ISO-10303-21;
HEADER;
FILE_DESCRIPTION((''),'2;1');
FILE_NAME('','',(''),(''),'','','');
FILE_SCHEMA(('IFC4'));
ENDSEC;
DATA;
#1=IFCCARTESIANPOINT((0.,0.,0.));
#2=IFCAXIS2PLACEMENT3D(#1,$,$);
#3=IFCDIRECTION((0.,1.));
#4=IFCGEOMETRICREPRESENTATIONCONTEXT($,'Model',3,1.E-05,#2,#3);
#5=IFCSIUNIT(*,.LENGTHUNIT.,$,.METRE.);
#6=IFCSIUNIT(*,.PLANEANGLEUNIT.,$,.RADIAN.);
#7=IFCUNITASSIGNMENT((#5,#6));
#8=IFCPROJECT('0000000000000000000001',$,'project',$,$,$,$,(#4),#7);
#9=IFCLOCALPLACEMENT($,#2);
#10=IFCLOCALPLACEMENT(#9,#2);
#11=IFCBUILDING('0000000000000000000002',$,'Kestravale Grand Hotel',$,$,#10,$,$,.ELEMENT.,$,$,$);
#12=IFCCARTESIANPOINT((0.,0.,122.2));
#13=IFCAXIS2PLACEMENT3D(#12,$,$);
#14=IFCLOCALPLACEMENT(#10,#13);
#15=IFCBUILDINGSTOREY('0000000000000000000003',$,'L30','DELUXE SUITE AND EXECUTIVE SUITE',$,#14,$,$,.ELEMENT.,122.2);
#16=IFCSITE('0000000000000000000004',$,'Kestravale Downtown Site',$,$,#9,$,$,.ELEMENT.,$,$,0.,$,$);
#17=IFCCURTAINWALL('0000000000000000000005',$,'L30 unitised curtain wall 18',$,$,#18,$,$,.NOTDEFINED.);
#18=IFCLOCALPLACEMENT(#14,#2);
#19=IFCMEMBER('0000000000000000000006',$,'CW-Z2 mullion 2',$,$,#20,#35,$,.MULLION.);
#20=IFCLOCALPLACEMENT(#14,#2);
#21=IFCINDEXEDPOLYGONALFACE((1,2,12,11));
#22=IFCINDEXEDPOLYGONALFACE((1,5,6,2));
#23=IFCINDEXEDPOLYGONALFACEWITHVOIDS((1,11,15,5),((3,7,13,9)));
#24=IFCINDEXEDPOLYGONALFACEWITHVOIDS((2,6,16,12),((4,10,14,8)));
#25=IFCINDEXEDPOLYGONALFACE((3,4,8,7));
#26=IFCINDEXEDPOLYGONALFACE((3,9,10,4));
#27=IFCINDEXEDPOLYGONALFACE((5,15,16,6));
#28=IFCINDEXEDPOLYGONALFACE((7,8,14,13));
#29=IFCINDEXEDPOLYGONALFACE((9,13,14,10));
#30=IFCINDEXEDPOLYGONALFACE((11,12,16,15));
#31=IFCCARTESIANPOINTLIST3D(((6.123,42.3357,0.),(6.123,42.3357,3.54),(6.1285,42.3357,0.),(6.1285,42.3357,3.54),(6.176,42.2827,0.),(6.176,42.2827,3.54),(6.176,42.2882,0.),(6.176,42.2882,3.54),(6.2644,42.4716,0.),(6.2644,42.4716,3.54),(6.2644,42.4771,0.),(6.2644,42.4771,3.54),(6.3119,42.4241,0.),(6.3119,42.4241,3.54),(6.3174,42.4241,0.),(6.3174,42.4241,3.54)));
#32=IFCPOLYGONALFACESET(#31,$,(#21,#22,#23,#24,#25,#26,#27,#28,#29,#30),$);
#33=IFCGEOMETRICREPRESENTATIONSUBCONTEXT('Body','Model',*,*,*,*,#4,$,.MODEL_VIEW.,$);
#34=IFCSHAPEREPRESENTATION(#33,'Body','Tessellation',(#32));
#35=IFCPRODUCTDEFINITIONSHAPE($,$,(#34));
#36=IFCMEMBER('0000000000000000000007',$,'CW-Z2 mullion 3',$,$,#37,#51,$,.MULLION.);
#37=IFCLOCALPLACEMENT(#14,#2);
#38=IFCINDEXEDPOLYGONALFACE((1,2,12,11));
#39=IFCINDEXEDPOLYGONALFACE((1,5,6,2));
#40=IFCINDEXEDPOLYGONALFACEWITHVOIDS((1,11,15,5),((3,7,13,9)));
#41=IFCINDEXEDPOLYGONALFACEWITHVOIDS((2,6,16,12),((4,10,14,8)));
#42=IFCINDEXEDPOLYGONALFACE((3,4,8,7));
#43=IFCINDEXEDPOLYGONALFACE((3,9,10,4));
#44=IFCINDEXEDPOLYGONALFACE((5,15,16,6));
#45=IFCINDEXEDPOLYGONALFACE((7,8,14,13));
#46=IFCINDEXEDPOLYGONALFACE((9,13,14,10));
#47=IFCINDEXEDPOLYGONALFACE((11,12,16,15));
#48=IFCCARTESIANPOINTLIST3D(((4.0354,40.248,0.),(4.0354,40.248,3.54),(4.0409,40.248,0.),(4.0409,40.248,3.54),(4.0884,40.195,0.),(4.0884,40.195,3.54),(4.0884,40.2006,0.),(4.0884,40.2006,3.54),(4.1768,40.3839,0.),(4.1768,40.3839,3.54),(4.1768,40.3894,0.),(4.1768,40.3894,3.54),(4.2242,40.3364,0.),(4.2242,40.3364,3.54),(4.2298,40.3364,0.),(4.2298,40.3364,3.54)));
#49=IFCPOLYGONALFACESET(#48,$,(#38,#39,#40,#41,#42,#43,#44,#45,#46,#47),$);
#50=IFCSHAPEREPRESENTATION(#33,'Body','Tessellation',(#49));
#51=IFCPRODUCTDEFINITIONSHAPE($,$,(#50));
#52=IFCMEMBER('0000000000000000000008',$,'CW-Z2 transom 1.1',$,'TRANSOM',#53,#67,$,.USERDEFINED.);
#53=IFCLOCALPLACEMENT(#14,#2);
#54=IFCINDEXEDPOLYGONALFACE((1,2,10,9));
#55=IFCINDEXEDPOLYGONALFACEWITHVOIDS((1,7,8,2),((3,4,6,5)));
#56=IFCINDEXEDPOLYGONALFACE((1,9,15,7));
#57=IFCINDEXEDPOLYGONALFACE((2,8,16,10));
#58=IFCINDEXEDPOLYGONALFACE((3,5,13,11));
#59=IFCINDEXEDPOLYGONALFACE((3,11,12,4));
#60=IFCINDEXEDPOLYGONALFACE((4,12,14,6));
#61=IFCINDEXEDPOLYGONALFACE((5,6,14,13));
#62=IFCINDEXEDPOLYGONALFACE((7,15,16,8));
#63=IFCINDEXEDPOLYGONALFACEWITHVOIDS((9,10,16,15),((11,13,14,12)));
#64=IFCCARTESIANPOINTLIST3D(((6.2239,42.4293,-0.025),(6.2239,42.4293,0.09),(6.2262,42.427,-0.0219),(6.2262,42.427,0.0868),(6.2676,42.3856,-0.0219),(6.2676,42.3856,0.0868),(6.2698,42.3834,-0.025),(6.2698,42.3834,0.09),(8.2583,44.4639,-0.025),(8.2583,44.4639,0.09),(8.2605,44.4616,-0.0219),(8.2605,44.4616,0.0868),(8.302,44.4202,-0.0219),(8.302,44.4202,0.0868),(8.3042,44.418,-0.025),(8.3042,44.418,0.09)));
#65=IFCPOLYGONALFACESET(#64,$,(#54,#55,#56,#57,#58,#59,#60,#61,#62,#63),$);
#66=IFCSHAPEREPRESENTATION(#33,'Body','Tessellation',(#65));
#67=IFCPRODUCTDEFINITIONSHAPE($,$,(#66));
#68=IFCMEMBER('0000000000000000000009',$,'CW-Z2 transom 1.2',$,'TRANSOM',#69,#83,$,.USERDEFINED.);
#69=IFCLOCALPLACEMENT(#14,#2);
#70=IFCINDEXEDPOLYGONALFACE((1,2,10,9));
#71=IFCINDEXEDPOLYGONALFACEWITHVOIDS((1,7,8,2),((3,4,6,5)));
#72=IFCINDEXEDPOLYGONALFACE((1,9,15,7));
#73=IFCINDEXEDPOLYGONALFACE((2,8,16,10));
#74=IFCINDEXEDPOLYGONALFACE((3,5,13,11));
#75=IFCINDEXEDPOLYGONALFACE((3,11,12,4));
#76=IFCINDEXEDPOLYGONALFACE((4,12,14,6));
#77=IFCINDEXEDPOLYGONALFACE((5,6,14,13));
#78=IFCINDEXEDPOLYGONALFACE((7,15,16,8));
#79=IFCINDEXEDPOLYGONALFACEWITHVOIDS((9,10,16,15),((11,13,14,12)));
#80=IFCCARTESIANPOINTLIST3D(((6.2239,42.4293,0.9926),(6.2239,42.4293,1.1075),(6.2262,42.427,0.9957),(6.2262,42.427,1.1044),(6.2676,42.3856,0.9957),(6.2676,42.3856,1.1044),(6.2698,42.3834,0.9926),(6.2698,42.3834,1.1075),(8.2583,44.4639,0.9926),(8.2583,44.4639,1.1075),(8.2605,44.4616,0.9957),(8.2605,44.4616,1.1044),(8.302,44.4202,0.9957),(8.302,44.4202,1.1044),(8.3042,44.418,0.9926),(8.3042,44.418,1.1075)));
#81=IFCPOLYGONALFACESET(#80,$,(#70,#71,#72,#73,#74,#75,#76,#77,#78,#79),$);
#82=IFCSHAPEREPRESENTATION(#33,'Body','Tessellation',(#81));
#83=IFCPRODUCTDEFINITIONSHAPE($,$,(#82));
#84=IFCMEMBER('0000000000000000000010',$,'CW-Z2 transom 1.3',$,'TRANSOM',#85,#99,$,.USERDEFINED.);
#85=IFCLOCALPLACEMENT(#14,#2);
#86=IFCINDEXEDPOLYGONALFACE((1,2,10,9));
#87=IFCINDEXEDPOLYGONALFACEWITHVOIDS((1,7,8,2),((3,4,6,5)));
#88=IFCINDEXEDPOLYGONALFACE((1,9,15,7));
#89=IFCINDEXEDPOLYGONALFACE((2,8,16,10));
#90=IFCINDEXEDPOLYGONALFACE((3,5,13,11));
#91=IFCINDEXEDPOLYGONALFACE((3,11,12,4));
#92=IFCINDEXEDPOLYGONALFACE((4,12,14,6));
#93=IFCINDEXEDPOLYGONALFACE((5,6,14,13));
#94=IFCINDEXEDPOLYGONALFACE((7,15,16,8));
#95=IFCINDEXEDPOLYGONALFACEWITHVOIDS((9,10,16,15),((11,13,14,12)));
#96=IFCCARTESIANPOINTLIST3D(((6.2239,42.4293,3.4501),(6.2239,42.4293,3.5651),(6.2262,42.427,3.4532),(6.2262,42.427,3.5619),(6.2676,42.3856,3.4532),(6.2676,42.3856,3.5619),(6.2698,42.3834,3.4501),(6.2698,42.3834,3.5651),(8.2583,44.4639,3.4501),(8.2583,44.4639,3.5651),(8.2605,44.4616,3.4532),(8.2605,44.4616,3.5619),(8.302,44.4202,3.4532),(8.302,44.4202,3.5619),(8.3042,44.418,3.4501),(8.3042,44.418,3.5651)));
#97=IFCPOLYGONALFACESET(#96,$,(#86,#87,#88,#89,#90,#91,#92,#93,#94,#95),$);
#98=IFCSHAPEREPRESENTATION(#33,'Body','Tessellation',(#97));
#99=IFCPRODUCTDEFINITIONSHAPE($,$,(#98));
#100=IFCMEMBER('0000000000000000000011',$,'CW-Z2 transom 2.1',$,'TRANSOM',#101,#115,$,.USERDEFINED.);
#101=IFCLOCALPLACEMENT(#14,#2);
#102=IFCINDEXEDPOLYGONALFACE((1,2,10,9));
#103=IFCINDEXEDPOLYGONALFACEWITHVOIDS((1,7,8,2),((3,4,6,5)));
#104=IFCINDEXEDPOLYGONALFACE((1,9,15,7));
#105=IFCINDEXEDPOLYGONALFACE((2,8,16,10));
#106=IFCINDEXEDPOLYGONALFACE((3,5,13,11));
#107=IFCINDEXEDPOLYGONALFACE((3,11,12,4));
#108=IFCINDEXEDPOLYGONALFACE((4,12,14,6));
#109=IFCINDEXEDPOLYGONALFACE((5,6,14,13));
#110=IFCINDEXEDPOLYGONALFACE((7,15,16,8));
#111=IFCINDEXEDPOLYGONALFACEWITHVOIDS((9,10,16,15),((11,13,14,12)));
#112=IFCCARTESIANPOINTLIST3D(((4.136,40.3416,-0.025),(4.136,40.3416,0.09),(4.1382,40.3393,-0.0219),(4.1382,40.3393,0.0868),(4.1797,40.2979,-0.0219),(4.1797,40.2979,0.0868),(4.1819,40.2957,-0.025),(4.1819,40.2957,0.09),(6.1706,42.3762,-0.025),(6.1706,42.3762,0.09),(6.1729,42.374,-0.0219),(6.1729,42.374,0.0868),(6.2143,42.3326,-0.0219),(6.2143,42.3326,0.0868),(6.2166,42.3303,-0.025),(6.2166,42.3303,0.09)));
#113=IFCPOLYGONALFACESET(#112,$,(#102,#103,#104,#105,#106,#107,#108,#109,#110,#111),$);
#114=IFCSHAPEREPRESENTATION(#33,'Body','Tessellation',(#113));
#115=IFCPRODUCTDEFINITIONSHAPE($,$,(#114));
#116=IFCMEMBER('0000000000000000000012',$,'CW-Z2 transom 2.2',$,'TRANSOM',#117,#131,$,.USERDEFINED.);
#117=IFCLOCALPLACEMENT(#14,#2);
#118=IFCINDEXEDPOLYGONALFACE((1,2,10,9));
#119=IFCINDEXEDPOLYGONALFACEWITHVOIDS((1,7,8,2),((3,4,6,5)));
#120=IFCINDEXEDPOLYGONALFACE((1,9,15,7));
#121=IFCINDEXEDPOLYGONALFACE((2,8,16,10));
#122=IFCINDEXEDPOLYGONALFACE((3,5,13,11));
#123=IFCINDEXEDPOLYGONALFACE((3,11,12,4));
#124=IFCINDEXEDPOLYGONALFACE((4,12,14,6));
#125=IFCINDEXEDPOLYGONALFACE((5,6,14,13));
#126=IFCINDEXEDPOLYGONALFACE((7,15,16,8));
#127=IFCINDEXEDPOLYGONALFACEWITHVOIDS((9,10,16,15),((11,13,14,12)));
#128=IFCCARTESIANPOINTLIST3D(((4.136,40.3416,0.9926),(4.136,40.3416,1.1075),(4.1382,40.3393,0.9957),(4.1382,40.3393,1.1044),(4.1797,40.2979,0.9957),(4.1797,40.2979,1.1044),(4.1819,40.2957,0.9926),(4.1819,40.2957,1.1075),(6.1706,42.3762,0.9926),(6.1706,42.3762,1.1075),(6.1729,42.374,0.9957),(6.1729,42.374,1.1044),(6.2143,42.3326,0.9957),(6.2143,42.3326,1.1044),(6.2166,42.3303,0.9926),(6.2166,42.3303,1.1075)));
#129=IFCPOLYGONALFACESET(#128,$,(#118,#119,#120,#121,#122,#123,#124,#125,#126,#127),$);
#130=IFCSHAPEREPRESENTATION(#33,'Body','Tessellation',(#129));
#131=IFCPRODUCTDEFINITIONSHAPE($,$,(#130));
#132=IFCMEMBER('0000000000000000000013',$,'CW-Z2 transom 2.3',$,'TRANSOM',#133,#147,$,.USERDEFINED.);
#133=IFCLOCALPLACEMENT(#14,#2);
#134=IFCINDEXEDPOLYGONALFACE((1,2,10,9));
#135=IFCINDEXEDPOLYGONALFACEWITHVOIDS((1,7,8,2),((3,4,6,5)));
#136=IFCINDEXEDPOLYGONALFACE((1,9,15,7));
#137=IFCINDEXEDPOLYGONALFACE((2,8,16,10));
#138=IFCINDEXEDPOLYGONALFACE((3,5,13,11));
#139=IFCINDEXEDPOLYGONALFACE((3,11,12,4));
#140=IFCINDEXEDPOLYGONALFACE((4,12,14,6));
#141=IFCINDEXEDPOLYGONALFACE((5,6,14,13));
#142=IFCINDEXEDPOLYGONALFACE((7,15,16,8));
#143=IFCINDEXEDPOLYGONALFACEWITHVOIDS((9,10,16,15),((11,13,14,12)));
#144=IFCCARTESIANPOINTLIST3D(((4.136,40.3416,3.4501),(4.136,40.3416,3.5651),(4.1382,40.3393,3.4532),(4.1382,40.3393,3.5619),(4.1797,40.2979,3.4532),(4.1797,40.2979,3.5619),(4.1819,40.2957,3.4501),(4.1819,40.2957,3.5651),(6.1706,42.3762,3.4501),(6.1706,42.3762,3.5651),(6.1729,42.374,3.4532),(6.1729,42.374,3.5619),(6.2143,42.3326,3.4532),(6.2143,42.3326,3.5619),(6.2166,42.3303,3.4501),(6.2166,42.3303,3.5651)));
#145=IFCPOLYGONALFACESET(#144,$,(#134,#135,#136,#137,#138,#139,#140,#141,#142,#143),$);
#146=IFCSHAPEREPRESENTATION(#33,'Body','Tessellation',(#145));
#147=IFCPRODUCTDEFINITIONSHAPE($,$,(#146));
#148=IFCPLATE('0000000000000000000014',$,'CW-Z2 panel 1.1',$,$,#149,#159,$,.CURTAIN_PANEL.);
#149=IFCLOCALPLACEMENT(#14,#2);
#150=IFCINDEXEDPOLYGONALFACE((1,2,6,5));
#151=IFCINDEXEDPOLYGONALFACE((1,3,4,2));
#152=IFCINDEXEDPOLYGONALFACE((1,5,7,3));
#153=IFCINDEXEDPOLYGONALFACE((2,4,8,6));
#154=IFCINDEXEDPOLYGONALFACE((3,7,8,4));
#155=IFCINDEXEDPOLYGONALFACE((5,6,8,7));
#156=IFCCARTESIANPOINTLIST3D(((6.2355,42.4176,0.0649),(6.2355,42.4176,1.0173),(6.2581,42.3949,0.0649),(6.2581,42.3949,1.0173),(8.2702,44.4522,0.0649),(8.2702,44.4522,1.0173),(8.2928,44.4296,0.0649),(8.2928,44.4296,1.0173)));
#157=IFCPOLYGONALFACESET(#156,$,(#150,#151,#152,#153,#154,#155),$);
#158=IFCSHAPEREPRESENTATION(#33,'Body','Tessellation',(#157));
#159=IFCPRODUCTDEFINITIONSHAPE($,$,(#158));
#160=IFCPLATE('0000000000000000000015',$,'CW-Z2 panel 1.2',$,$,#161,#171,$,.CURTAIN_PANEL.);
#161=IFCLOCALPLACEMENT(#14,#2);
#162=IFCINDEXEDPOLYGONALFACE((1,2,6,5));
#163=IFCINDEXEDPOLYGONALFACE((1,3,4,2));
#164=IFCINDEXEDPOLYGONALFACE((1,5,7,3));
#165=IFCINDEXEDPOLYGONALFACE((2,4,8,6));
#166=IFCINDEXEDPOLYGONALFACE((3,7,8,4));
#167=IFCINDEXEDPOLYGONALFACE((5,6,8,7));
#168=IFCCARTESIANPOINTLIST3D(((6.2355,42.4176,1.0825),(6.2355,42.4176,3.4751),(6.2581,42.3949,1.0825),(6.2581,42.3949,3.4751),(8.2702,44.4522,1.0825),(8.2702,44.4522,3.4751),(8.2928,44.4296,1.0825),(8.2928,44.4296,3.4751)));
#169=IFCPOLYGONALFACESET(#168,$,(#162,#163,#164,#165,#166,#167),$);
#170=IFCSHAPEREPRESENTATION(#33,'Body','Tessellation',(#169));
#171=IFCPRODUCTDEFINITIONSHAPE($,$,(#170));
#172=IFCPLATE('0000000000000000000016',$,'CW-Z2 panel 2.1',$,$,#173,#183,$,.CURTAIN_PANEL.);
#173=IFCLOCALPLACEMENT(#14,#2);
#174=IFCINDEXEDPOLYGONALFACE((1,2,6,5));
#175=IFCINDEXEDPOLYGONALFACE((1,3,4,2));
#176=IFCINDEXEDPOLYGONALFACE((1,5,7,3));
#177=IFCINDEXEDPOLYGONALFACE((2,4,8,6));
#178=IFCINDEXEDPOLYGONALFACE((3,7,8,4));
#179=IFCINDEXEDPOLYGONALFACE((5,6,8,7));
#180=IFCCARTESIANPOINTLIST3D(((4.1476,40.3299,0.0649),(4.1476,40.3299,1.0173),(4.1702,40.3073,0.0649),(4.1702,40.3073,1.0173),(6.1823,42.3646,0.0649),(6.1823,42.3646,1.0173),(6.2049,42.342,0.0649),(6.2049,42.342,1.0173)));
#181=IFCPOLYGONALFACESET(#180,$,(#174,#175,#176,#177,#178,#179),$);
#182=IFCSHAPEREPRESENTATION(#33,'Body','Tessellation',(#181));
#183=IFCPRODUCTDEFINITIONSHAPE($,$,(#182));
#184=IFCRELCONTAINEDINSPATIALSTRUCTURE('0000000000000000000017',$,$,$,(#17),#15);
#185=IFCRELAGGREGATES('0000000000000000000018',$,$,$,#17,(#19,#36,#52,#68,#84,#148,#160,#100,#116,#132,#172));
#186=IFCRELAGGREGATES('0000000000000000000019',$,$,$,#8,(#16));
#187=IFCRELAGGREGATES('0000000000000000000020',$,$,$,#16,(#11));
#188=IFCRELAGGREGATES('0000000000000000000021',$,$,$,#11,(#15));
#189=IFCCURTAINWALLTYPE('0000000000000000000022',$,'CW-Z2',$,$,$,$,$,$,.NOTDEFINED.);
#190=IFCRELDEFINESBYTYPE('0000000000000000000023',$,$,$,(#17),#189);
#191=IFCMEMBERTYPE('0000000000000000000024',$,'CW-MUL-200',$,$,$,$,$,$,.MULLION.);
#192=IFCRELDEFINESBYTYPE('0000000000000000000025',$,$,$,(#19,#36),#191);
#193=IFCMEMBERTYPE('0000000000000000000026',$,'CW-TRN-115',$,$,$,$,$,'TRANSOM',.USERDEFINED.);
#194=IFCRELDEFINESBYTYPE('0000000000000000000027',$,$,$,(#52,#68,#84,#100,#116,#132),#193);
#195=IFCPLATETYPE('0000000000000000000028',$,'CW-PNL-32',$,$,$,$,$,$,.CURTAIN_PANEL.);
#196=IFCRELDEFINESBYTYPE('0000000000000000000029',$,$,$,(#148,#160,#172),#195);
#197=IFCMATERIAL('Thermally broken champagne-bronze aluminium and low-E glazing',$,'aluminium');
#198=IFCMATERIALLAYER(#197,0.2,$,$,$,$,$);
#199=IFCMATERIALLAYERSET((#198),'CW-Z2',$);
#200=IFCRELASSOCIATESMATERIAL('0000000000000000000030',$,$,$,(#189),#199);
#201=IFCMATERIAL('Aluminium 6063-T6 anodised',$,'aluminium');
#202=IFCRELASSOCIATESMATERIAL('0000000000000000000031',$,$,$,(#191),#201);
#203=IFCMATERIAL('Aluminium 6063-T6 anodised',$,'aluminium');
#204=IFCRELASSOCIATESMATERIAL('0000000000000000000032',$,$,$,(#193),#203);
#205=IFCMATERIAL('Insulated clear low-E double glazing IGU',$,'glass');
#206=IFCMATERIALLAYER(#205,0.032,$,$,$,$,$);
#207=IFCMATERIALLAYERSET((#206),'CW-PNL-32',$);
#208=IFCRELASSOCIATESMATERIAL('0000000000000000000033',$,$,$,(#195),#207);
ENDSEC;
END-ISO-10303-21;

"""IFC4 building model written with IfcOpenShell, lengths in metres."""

from ifc_helpers import new_model, si_unit, direction, frame, origin, origin_2d, place, context, subcontext, project, spatial, rectangle, hollow_rectangle, extrude, material, layer, layer_set, material_profile, profile_set, type_object, element, aggregate, save


model = new_model("IFC4")

# Units and contexts
model_context = context("Model", 3, precision=1e-05, world=origin(), true_north=direction((0.0, 1.0)))
body_context = subcontext(model_context, "Body", "Model", "MODEL_VIEW")
ifc_project = project(units=[si_unit("LENGTHUNIT", "METRE"), si_unit("PLANEANGLEUNIT", "RADIAN")], contexts=[model_context])

# Site, building, storey
site_placement = place(None, origin())
site = spatial("IfcSite", under=ifc_project, at=site_placement, Name="Kestravale Downtown Site", CompositionType="ELEMENT", RefElevation=0.0)
building_placement = place(site_placement, origin())
building = spatial("IfcBuilding", under=site, at=building_placement, Name="Kestravale Grand Hotel", CompositionType="ELEMENT")
storey_placement = place(building_placement, frame((0.0, 0.0, 122.2)))
storey = spatial("IfcBuildingStorey", under=building, at=storey_placement, Name="L30", Description="DELUXE SUITE AND EXECUTIVE SUITE", CompositionType="ELEMENT", Elevation=122.2)

# Curtain wall, members, plates
ifc_material_1 = material(Name="Thermally broken champagne-bronze aluminium and low-E glazing", Category="aluminium")
ifc_layer_1 = layer(ifc_material_1, 0.2)
ifc_layer_set_1 = layer_set([ifc_layer_1], Name="CW-Z2")
curtain_wall_type = type_object("IfcCurtainWallType", Name="CW-Z2", PredefinedType="NOTDEFINED", material=ifc_layer_set_1)
curtain_wall_placement = place(storey_placement, origin())
curtain_wall = element("IfcCurtainWall", 1, at=curtain_wall_placement, inside=storey, type_object=curtain_wall_type, Name="L30 unitised curtain wall 18", PredefinedType="NOTDEFINED")
ifc_material_2 = material(Name="Aluminium 6063-T6 anodised", Category="aluminium")
ifc_material_profile_1 = material_profile(ifc_material_2, hollow_rectangle(XDim=0.075, YDim=0.2, WallThickness=0.0039, at=origin_2d()))
ifc_profile_set_1 = profile_set([ifc_material_profile_1], Name="Aluminium 6063-T6 anodised")
member_type_1 = type_object("IfcMemberType", Name="CW-MUL-200", PredefinedType="MULLION", material=ifc_profile_set_1)
member_1_placement = place(storey_placement, frame((6.2202, 42.3799, 0.0), z_axis=(0.0, 0.0, 1.0), x_axis=(0.707107, -0.707107, 0.0)))
member_1 = element("IfcMember", 2, at=member_1_placement, type_object=member_type_1, Name="CW-Z2 mullion 2", PredefinedType="MULLION", context=body_context, shape_type="SweptSolid", body=[
    extrude(hollow_rectangle(XDim=0.075, YDim=0.2, WallThickness=0.0039, at=origin_2d()), origin(), (0.0, 0.0, 1.0), 3.54),
])
member_2_placement = place(storey_placement, frame((4.1326, 40.2922, 0.0), z_axis=(0.0, 0.0, 1.0), x_axis=(0.707107, -0.707107, 0.0)))
member_2 = element("IfcMember", 3, at=member_2_placement, type_object=member_type_1, Name="CW-Z2 mullion 3", PredefinedType="MULLION", context=body_context, shape_type="SweptSolid", body=[
    extrude(hollow_rectangle(XDim=0.075, YDim=0.2, WallThickness=0.0039, at=origin_2d()), origin(), (0.0, 0.0, 1.0), 3.54),
])
ifc_material_3 = material(Name="Aluminium 6063-T6 anodised", Category="aluminium")
ifc_material_profile_2 = material_profile(ifc_material_3, hollow_rectangle(XDim=0.0649, YDim=0.115, WallThickness=0.0032, at=origin_2d()))
ifc_profile_set_2 = profile_set([ifc_material_profile_2], Name="Aluminium 6063-T6 anodised")
member_type_2 = type_object("IfcMemberType", Name="CW-TRN-115", ElementType="TRANSOM", PredefinedType="USERDEFINED", material=ifc_profile_set_2)
member_3_placement = place(storey_placement, frame((8.2812, 44.4409, 0.0325), z_axis=(-0.707064, -0.707149, 0.0), x_axis=(0.707149, -0.707064, 0.0)))
member_3 = element("IfcMember", 4, at=member_3_placement, type_object=member_type_2, Name="CW-Z2 transom 1.1", ObjectType="TRANSOM", PredefinedType="USERDEFINED", context=body_context, shape_type="SweptSolid", body=[
    extrude(hollow_rectangle(XDim=0.0649, YDim=0.115, WallThickness=0.0032, at=origin_2d()), origin(), (0.0, 0.0, 1.0), 2.8772),
])
member_4_placement = place(storey_placement, frame((8.2812, 44.4409, 1.05), z_axis=(-0.707064, -0.707149, 0.0), x_axis=(0.707149, -0.707064, 0.0)))
member_4 = element("IfcMember", 5, at=member_4_placement, type_object=member_type_2, Name="CW-Z2 transom 1.2", ObjectType="TRANSOM", PredefinedType="USERDEFINED", context=body_context, shape_type="SweptSolid", body=[
    extrude(hollow_rectangle(XDim=0.0649, YDim=0.115, WallThickness=0.0032, at=origin_2d()), origin(), (0.0, 0.0, 1.0), 2.8772),
])
member_5_placement = place(storey_placement, frame((8.2812, 44.4409, 3.5076), z_axis=(-0.707064, -0.707149, 0.0), x_axis=(0.707149, -0.707064, 0.0)))
member_5 = element("IfcMember", 6, at=member_5_placement, type_object=member_type_2, Name="CW-Z2 transom 1.3", ObjectType="TRANSOM", PredefinedType="USERDEFINED", context=body_context, shape_type="SweptSolid", body=[
    extrude(hollow_rectangle(XDim=0.0649, YDim=0.115, WallThickness=0.0032, at=origin_2d()), origin(), (0.0, 0.0, 1.0), 2.8772),
])
member_6_placement = place(storey_placement, frame((6.1936, 42.3533, 0.0325), z_axis=(-0.707107, -0.707107, 0.0), x_axis=(0.707107, -0.707107, 0.0)))
member_6 = element("IfcMember", 7, at=member_6_placement, type_object=member_type_2, Name="CW-Z2 transom 2.1", ObjectType="TRANSOM", PredefinedType="USERDEFINED", context=body_context, shape_type="SweptSolid", body=[
    extrude(hollow_rectangle(XDim=0.0649, YDim=0.115, WallThickness=0.0032, at=origin_2d()), origin(), (0.0, 0.0, 1.0), 2.8774),
])
member_7_placement = place(storey_placement, frame((6.1936, 42.3533, 1.05), z_axis=(-0.707107, -0.707107, 0.0), x_axis=(0.707107, -0.707107, 0.0)))
member_7 = element("IfcMember", 8, at=member_7_placement, type_object=member_type_2, Name="CW-Z2 transom 2.2", ObjectType="TRANSOM", PredefinedType="USERDEFINED", context=body_context, shape_type="SweptSolid", body=[
    extrude(hollow_rectangle(XDim=0.0649, YDim=0.115, WallThickness=0.0032, at=origin_2d()), origin(), (0.0, 0.0, 1.0), 2.8774),
])
member_8_placement = place(storey_placement, frame((6.1936, 42.3533, 3.5076), z_axis=(-0.707107, -0.707107, 0.0), x_axis=(0.707107, -0.707107, 0.0)))
member_8 = element("IfcMember", 9, at=member_8_placement, type_object=member_type_2, Name="CW-Z2 transom 2.3", ObjectType="TRANSOM", PredefinedType="USERDEFINED", context=body_context, shape_type="SweptSolid", body=[
    extrude(hollow_rectangle(XDim=0.0649, YDim=0.115, WallThickness=0.0032, at=origin_2d()), origin(), (0.0, 0.0, 1.0), 2.8774),
])
ifc_material_4 = material(Name="Insulated clear low-E double glazing IGU", Category="glass")
ifc_layer_2 = layer(ifc_material_4, 0.032)
ifc_layer_set_2 = layer_set([ifc_layer_2], Name="CW-PNL-32")
plate_type = type_object("IfcPlateType", Name="CW-PNL-32", PredefinedType="CURTAIN_PANEL", material=ifc_layer_set_2)
plate_1_placement = place(storey_placement, frame((7.2642, 43.4236, 0.0649), z_axis=(0.0, 0.0, 1.0), x_axis=(-0.707107, -0.707107, 0.0)))
plate_1 = element("IfcPlate", 10, at=plate_1_placement, type_object=plate_type, Name="CW-Z2 panel 1.1", PredefinedType="CURTAIN_PANEL", context=body_context, shape_type="SweptSolid", body=[
    extrude(rectangle(XDim=2.8774, YDim=0.032, at=origin_2d()), origin(), (0.0, 0.0, 1.0), 0.9524),
])
plate_2_placement = place(storey_placement, frame((7.2642, 43.4236, 1.0825), z_axis=(0.0, 0.0, 1.0), x_axis=(-0.707107, -0.707107, 0.0)))
plate_2 = element("IfcPlate", 11, at=plate_2_placement, type_object=plate_type, Name="CW-Z2 panel 1.2", PredefinedType="CURTAIN_PANEL", context=body_context, shape_type="SweptSolid", body=[
    extrude(rectangle(XDim=2.8774, YDim=0.032, at=origin_2d()), origin(), (0.0, 0.0, 1.0), 2.3926),
])
plate_3_placement = place(storey_placement, frame((5.1763, 41.3359, 0.0649), z_axis=(0.0, 0.0, 1.0), x_axis=(-0.707107, -0.707107, 0.0)))
plate_3 = element("IfcPlate", 12, at=plate_3_placement, type_object=plate_type, Name="CW-Z2 panel 2.1", PredefinedType="CURTAIN_PANEL", context=body_context, shape_type="SweptSolid", body=[
    extrude(rectangle(XDim=2.8774, YDim=0.032, at=origin_2d()), origin(), (0.0, 0.0, 1.0), 0.9524),
])
aggregate(curtain_wall, [member_1, member_2, member_3, member_4, member_5, plate_1, plate_2, member_6, member_7, member_8, plate_3])

save(model, "model.ifc")
